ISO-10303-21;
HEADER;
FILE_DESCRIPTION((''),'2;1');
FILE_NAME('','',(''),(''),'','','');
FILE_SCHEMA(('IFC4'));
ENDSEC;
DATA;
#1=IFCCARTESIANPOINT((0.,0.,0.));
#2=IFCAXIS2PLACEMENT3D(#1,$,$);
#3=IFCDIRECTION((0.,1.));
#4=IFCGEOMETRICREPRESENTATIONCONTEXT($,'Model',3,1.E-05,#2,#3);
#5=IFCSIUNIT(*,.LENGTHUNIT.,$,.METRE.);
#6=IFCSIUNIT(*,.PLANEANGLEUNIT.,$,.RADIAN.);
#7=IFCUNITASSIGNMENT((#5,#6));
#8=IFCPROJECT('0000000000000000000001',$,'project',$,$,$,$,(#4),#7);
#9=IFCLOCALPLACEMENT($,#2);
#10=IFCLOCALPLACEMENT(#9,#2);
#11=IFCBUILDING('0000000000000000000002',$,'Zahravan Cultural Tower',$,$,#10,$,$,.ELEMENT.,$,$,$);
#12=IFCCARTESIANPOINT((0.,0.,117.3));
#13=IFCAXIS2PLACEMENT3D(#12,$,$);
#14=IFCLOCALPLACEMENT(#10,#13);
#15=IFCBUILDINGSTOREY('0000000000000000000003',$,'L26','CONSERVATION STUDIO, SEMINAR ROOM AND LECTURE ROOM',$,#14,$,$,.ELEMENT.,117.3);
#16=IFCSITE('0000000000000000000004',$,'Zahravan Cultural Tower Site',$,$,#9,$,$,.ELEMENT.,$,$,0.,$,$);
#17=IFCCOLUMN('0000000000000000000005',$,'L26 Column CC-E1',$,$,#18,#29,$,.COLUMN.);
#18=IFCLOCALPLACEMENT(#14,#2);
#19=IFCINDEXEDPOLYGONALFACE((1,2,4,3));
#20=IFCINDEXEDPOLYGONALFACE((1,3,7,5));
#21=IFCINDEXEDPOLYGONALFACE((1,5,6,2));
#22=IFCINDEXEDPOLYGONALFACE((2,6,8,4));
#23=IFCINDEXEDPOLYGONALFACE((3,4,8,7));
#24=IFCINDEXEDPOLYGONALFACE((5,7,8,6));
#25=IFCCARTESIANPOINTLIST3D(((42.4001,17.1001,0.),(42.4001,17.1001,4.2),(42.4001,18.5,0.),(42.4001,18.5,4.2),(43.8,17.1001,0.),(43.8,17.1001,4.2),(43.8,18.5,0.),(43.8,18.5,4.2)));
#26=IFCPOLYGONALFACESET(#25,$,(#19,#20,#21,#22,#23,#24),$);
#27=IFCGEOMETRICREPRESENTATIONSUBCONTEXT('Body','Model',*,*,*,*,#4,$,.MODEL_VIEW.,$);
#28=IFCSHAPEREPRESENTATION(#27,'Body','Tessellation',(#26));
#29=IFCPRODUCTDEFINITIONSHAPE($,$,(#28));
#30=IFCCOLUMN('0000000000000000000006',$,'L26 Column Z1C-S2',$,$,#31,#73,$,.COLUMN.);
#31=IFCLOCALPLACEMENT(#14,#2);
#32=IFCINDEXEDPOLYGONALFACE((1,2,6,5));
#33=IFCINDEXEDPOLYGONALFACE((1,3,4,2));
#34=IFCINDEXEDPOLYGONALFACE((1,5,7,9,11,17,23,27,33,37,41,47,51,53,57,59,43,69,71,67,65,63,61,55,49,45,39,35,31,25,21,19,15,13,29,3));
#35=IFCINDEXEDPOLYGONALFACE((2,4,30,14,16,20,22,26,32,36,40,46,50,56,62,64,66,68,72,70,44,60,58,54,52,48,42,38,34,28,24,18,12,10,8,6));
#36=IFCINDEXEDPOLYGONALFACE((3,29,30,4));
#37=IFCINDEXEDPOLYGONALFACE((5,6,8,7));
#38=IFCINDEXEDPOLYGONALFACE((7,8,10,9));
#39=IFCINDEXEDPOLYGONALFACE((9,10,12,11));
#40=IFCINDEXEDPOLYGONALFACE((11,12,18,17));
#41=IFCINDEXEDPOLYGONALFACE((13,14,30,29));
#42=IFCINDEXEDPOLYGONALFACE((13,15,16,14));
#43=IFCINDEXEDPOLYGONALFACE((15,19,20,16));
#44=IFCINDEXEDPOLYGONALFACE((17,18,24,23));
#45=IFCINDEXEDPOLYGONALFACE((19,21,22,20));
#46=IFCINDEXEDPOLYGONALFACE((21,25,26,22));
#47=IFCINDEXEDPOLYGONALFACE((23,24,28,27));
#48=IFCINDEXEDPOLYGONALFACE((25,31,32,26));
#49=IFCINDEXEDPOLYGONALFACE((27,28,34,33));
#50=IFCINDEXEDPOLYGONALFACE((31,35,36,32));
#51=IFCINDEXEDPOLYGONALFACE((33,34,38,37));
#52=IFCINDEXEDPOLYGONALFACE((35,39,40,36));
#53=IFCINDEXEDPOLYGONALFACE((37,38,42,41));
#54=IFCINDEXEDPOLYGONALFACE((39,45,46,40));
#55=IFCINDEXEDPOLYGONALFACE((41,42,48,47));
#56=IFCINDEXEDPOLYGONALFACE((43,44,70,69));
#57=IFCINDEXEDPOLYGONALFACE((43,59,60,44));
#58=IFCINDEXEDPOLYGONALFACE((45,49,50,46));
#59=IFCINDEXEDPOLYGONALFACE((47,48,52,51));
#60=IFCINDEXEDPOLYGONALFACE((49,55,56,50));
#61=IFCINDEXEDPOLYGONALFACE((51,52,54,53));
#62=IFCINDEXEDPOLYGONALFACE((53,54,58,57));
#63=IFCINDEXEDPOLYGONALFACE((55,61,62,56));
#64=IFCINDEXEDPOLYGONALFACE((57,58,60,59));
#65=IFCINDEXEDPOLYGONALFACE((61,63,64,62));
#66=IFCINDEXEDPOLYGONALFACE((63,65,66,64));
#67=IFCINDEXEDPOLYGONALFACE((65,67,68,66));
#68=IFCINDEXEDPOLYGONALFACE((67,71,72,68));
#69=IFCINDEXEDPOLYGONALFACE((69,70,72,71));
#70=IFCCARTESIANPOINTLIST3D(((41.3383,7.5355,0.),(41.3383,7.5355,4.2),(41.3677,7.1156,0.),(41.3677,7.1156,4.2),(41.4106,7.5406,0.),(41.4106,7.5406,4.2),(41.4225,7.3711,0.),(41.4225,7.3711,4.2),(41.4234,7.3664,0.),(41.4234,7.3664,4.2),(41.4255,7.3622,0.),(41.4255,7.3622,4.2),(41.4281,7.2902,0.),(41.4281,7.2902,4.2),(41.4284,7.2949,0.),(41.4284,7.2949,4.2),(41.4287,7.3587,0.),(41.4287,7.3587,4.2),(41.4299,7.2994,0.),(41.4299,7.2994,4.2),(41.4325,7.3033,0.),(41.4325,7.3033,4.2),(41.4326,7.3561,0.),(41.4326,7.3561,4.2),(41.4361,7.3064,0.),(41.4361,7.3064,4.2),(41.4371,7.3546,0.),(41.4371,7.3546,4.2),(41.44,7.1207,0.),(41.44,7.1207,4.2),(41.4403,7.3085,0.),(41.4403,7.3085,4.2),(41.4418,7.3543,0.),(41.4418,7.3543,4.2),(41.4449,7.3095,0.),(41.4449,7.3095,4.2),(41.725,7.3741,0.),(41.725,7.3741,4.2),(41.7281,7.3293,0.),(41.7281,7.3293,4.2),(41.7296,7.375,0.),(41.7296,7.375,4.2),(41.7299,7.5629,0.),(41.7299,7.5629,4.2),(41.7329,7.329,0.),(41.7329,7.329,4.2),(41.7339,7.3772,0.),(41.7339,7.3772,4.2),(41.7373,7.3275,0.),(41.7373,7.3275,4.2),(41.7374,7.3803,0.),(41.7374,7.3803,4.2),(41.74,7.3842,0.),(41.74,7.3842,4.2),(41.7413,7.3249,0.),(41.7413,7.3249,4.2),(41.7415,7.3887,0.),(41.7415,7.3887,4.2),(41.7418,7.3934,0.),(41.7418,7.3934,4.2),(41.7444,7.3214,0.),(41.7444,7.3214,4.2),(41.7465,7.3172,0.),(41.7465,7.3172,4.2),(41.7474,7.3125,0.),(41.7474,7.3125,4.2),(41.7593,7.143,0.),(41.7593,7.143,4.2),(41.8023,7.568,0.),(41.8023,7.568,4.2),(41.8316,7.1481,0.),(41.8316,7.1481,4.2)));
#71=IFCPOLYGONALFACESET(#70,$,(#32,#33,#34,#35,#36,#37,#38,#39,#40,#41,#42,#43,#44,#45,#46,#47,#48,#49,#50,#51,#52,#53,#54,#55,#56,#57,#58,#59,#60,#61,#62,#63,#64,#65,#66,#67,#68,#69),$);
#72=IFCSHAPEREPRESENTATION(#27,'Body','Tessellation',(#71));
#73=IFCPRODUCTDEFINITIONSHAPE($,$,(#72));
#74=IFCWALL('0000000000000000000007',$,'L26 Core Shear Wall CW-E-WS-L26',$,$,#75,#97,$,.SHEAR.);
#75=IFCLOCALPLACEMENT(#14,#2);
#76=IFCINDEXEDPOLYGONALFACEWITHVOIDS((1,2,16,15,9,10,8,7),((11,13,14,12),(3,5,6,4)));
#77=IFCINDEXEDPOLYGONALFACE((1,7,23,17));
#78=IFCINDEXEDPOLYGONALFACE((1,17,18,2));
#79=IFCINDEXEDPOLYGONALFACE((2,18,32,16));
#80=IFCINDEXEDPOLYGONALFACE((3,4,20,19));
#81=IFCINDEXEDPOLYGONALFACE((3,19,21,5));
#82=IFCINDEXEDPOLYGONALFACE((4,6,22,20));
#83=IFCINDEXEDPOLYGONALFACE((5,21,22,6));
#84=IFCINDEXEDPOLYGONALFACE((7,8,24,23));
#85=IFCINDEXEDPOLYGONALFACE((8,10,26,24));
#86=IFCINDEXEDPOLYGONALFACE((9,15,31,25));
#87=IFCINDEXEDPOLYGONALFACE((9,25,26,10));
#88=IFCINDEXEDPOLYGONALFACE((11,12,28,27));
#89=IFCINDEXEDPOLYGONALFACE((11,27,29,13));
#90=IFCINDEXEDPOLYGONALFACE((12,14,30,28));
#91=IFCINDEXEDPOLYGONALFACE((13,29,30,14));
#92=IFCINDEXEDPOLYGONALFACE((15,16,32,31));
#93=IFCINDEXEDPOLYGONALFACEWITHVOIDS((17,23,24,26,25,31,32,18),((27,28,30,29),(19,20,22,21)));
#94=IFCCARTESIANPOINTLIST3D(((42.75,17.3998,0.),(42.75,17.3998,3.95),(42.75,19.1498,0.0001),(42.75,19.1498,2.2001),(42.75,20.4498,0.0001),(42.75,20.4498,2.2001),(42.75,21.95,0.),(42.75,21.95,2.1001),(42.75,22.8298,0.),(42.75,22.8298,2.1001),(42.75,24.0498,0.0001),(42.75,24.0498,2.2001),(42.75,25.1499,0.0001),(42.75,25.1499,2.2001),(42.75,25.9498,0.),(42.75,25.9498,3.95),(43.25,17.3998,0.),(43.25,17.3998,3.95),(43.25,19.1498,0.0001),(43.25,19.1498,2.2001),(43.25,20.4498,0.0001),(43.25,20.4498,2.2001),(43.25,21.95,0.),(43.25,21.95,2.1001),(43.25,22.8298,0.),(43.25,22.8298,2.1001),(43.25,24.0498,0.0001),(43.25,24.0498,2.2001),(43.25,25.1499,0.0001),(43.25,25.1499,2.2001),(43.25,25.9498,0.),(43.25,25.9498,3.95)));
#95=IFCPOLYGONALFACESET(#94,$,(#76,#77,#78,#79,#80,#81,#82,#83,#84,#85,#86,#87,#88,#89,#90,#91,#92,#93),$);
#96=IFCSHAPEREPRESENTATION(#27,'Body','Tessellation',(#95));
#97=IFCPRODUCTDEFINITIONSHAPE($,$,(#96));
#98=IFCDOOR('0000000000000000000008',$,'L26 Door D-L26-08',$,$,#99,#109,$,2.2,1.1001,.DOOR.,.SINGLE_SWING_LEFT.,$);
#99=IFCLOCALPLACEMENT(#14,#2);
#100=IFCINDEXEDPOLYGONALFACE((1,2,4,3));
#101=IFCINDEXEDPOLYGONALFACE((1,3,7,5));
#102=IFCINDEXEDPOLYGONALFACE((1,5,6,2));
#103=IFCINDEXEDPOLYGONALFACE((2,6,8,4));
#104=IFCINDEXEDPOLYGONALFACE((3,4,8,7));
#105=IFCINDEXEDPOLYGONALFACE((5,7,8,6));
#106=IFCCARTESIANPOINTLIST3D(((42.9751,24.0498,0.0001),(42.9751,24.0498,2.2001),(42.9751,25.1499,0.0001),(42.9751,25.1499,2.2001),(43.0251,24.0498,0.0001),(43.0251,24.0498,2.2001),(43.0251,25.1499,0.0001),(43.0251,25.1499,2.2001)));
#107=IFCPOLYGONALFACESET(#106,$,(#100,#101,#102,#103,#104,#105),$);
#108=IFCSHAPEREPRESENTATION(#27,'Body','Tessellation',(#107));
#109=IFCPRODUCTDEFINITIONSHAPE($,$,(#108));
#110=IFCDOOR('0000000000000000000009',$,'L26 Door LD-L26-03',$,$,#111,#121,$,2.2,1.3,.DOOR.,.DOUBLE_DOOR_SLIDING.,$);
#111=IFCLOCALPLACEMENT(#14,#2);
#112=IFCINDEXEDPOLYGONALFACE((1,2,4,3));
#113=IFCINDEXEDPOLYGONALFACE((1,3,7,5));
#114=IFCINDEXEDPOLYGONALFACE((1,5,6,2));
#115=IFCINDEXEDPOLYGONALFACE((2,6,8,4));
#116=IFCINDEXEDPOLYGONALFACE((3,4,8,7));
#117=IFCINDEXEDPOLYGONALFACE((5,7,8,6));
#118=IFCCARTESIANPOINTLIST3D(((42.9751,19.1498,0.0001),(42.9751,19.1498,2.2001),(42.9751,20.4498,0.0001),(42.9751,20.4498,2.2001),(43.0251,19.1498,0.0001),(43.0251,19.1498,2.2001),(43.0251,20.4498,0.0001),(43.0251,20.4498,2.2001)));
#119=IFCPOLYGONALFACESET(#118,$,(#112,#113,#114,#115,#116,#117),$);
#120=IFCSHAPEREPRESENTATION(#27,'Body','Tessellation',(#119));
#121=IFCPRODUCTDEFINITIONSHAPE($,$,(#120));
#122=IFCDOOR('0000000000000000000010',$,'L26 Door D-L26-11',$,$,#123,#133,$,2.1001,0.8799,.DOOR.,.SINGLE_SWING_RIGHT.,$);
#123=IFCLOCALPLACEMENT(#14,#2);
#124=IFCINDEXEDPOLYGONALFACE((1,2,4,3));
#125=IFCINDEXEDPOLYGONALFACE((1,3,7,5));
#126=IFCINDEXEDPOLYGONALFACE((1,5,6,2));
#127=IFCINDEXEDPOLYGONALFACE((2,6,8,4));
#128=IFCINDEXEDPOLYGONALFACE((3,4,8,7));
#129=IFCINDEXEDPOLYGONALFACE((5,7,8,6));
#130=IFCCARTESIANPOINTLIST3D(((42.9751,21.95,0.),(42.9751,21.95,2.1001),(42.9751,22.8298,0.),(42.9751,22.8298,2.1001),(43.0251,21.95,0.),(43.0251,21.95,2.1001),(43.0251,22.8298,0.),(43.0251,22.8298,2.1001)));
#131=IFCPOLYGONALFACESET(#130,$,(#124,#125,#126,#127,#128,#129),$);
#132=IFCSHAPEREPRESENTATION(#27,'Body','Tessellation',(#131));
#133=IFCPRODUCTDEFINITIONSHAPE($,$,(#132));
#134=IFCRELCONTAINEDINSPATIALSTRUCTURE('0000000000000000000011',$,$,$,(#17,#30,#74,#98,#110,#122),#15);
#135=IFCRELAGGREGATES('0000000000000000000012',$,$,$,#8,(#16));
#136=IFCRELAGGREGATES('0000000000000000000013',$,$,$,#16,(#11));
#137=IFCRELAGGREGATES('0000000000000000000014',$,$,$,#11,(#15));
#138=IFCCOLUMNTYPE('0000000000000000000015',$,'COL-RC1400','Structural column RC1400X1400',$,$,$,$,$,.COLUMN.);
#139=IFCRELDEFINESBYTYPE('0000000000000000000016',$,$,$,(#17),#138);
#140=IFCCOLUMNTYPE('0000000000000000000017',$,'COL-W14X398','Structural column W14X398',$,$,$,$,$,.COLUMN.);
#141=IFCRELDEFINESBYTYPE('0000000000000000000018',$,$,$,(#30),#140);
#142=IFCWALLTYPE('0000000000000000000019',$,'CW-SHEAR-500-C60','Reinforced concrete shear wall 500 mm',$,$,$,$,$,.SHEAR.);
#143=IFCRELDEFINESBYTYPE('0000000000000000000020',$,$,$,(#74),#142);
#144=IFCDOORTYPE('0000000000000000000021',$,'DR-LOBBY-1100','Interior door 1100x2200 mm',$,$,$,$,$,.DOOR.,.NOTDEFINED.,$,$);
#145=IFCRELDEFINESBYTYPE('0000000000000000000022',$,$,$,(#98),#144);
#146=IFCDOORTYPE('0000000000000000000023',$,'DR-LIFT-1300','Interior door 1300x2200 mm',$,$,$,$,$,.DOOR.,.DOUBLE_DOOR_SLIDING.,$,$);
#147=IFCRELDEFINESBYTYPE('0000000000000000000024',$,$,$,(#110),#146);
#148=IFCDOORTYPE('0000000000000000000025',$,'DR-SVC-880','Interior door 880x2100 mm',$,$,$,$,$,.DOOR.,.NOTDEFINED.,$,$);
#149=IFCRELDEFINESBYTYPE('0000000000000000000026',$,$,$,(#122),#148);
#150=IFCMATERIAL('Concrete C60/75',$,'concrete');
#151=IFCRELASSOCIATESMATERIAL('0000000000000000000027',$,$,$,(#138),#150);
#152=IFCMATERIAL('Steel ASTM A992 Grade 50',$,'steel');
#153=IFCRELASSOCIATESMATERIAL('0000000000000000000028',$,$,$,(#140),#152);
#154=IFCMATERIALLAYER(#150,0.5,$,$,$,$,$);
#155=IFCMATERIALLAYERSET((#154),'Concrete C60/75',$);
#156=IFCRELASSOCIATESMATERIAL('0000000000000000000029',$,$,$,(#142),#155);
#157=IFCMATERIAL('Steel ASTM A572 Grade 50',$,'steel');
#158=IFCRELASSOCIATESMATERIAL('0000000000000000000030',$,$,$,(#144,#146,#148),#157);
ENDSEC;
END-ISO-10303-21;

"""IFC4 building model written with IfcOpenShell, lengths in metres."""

from ifc_helpers import new_model, si_unit, direction, frame, frame_2d, origin, origin_2d, place, context, subcontext, project, spatial, rectangle, i_section, extrude, source, transform, mapped, material, layer, layer_set, material_profile, profile_set, type_object, element, fill, save


model = new_model("IFC4")

# Units and contexts
model_context = context("Model", 3, precision=1e-05, world=origin(), true_north=direction((0.0, 1.0)))
body_context = subcontext(model_context, "Body", "Model", "MODEL_VIEW")
ifc_project = project(units=[si_unit("LENGTHUNIT", "METRE"), si_unit("PLANEANGLEUNIT", "RADIAN")], contexts=[model_context])

# Site, building, storey
site_placement = place(None, origin())
site = spatial("IfcSite", under=ifc_project, at=site_placement, Name="Zahravan Cultural Tower Site", CompositionType="ELEMENT", RefElevation=0.0)
building_placement = place(site_placement, origin())
building = spatial("IfcBuilding", under=site, at=building_placement, Name="Zahravan Cultural Tower", CompositionType="ELEMENT")
storey_placement = place(building_placement, frame((0.0, 0.0, 117.3)))
storey = spatial("IfcBuildingStorey", under=building, at=storey_placement, Name="L26", Description="CONSERVATION STUDIO, SEMINAR ROOM AND LECTURE ROOM", CompositionType="ELEMENT", Elevation=117.3)

# Columns
ifc_material_1 = material(Name="Concrete C60/75", Category="concrete")
ifc_material_profile_1 = material_profile(ifc_material_1, rectangle(XDim=1.3999, YDim=1.3999, at=origin_2d()), Name="RC1400X1400")
ifc_profile_set_1 = profile_set([ifc_material_profile_1], Name="Concrete C60/75")
column_type_1 = type_object("IfcColumnType", Name="COL-RC1400", Description="Structural column RC1400X1400", PredefinedType="COLUMN", material=ifc_profile_set_1)
shared_shape_1 = source(origin(), body_context, "Body", "SweptSolid", [
    extrude(rectangle(XDim=1.3999, YDim=1.3999, at=origin_2d()), origin(), (0.0, 0.0, 1.0), 4.2),
])
column_1_placement = place(storey_placement, frame((43.1001, 17.8, 0.0), z_axis=(0.0, 0.0, 1.0), x_axis=(1.0, 0.0, 0.0)))
element("IfcColumn", 1, at=column_1_placement, inside=storey, type_object=column_type_1, Name="L26 Column CC-E1", PredefinedType="COLUMN", context=body_context, shape_type="MappedRepresentation", body=[
    mapped(shared_shape_1, transform((0.0, 0.0, 0.0), x_axis=(1.0, 0.0, 0.0), y_axis=(0.0, 1.0, 0.0), z_axis=(0.0, 0.0, 1.0), scale=1.0)),
])
ifc_material_2 = material(Name="Steel ASTM A992 Grade 50", Category="steel")
ifc_material_profile_2 = material_profile(ifc_material_2, i_section(OverallWidth=0.4209, OverallDepth=0.4651, WebThickness=0.0449, FlangeThickness=0.0725, FilletRadius=0.0181, at=origin_2d()), Name="W14X398")
ifc_profile_set_2 = profile_set([ifc_material_profile_2], Name="Steel ASTM A992 Grade 50")
column_type_2 = type_object("IfcColumnType", Name="COL-W14X398", Description="Structural column W14X398", PredefinedType="COLUMN", material=ifc_profile_set_2)
shared_shape_2 = source(origin(), body_context, "Body", "SweptSolid", [
    extrude(i_section(OverallWidth=0.4209, OverallDepth=0.4651, WebThickness=0.0449, FlangeThickness=0.0725, FilletRadius=0.0181, at=origin_2d()), origin(), (0.0, 0.0, 1.0), 4.2),
])
column_2_placement = place(storey_placement, frame((41.585, 7.3418, 0.0), z_axis=(0.0, 0.0, 1.0), x_axis=(-0.069756, 0.997564, 0.0)))
element("IfcColumn", 2, at=column_2_placement, inside=storey, type_object=column_type_2, Name="L26 Column Z1C-S2", PredefinedType="COLUMN", context=body_context, shape_type="MappedRepresentation", body=[
    mapped(shared_shape_2, transform((0.0, 0.0, 0.0), x_axis=(1.0, 0.0, 0.0), y_axis=(0.0, 1.0, 0.0), z_axis=(0.0, 0.0, 1.0), scale=1.0)),
])

# Wall, openings, doors
ifc_layer_1 = layer(ifc_material_1, 0.5)
ifc_layer_set_1 = layer_set([ifc_layer_1], Name="Concrete C60/75")
wall_type_1 = type_object("IfcWallType", Name="CW-SHEAR-500-C60", Description="Reinforced concrete shear wall 500 mm", PredefinedType="SHEAR", material=ifc_layer_set_1)
wall_1_placement = place(storey_placement, frame((43.0, 17.3999, 0.0), z_axis=(0.0, 0.0, 1.0), x_axis=(0.0, 1.0, 0.0)))
wall_1 = element("IfcWall", 3, at=wall_1_placement, inside=storey, type_object=wall_type_1, Name="L26 Core Shear Wall CW-E-WS-L26", PredefinedType="SHEAR", context=body_context, shape_type="SweptSolid", body=[
    extrude(rectangle(XDim=8.55, YDim=0.5, at=frame_2d((4.2749, 0.0))), origin(), (0.0, 0.0, 1.0), 3.95),
])
opening_1_placement = place(wall_1_placement, frame((6.6499, 0.0, 0.0)))
opening_1 = element("IfcOpeningElement", 4, at=opening_1_placement, cuts=wall_1, PredefinedType="OPENING", context=body_context, shape_type="SweptSolid", body=[
    extrude(rectangle(XDim=1.1001, YDim=2.2, at=frame_2d((0.55, 1.1001))), frame((0.0, 0.26, 0.0), z_axis=(0.0, -1.0, 0.0), x_axis=(1.0, 0.0, 0.0)), (0.0, 0.0, 1.0), 0.52),
])
opening_2_placement = place(wall_1_placement, frame((1.75, 0.0, 0.0)))
opening_2 = element("IfcOpeningElement", 5, at=opening_2_placement, cuts=wall_1, PredefinedType="OPENING", context=body_context, shape_type="SweptSolid", body=[
    extrude(rectangle(XDim=1.3, YDim=2.2, at=frame_2d((0.6499, 1.1001))), frame((0.0, 0.26, 0.0), z_axis=(0.0, -1.0, 0.0), x_axis=(1.0, 0.0, 0.0)), (0.0, 0.0, 1.0), 0.52),
])
opening_3_placement = place(wall_1_placement, frame((4.55, 0.0, 0.0)))
opening_3 = element("IfcOpeningElement", 6, at=opening_3_placement, cuts=wall_1, PredefinedType="OPENING", context=body_context, shape_type="SweptSolid", body=[
    extrude(rectangle(XDim=0.8799, YDim=2.1001, at=frame_2d((0.4399, 1.05))), frame((0.0, 0.26, 0.0), z_axis=(0.0, -1.0, 0.0), x_axis=(1.0, 0.0, 0.0)), (0.0, 0.0, 1.0), 0.52),
])
ifc_material_3 = material(Name="Steel ASTM A572 Grade 50", Category="steel")
door_type_1 = type_object("IfcDoorType", Name="DR-LOBBY-1100", Description="Interior door 1100x2200 mm", OperationType="NOTDEFINED", PredefinedType="DOOR", material=ifc_material_3)
shared_shape_3 = source(origin(), body_context, "Body", "SweptSolid", [
    extrude(rectangle(XDim=1.1001, YDim=2.2, at=frame_2d((0.55, 1.1001))), frame((0.0, 0.0249, 0.0), z_axis=(0.0, -1.0, 0.0), x_axis=(1.0, 0.0, 0.0)), (0.0, 0.0, 1.0), 0.05),
])
door_1_placement = place(opening_1_placement, origin())
door_1 = element("IfcDoor", 7, at=door_1_placement, inside=storey, type_object=door_type_1, Name="L26 Door D-L26-08", OperationType="SINGLE_SWING_LEFT", OverallHeight=2.2, OverallWidth=1.1001, PredefinedType="DOOR", context=body_context, shape_type="MappedRepresentation", body=[
    mapped(shared_shape_3, transform((0.0, 0.0, 0.0), x_axis=(1.0, 0.0, 0.0), y_axis=(0.0, 1.0, 0.0), z_axis=(0.0, 0.0, 1.0), scale=1.0)),
])
fill(opening_1, door_1)
door_type_2 = type_object("IfcDoorType", Name="DR-LIFT-1300", Description="Interior door 1300x2200 mm", OperationType="DOUBLE_DOOR_SLIDING", PredefinedType="DOOR", material=ifc_material_3)
shared_shape_4 = source(origin(), body_context, "Body", "SweptSolid", [
    extrude(rectangle(XDim=1.3, YDim=2.2, at=frame_2d((0.6499, 1.1001))), frame((0.0, 0.0249, 0.0), z_axis=(0.0, -1.0, 0.0), x_axis=(1.0, 0.0, 0.0)), (0.0, 0.0, 1.0), 0.05),
])
door_2_placement = place(opening_2_placement, origin())
door_2 = element("IfcDoor", 8, at=door_2_placement, inside=storey, type_object=door_type_2, Name="L26 Door LD-L26-03", OperationType="DOUBLE_DOOR_SLIDING", OverallHeight=2.2, OverallWidth=1.3, PredefinedType="DOOR", context=body_context, shape_type="MappedRepresentation", body=[
    mapped(shared_shape_4, transform((0.0, 0.0, 0.0), x_axis=(1.0, 0.0, 0.0), y_axis=(0.0, 1.0, 0.0), z_axis=(0.0, 0.0, 1.0), scale=1.0)),
])
fill(opening_2, door_2)
door_type_3 = type_object("IfcDoorType", Name="DR-SVC-880", Description="Interior door 880x2100 mm", OperationType="NOTDEFINED", PredefinedType="DOOR", material=ifc_material_3)
shared_shape_5 = source(origin(), body_context, "Body", "SweptSolid", [
    extrude(rectangle(XDim=0.8799, YDim=2.1001, at=frame_2d((0.4399, 1.05))), frame((0.0, 0.0249, 0.0), z_axis=(0.0, -1.0, 0.0), x_axis=(1.0, 0.0, 0.0)), (0.0, 0.0, 1.0), 0.05),
])
door_3_placement = place(opening_3_placement, origin())
door_3 = element("IfcDoor", 9, at=door_3_placement, inside=storey, type_object=door_type_3, Name="L26 Door D-L26-11", OperationType="SINGLE_SWING_RIGHT", OverallHeight=2.1001, OverallWidth=0.8799, PredefinedType="DOOR", context=body_context, shape_type="MappedRepresentation", body=[
    mapped(shared_shape_5, transform((0.0, 0.0, 0.0), x_axis=(1.0, 0.0, 0.0), y_axis=(0.0, 1.0, 0.0), z_axis=(0.0, 0.0, 1.0), scale=1.0)),
])
fill(opening_3, door_3)

save(model, "model.ifc")
